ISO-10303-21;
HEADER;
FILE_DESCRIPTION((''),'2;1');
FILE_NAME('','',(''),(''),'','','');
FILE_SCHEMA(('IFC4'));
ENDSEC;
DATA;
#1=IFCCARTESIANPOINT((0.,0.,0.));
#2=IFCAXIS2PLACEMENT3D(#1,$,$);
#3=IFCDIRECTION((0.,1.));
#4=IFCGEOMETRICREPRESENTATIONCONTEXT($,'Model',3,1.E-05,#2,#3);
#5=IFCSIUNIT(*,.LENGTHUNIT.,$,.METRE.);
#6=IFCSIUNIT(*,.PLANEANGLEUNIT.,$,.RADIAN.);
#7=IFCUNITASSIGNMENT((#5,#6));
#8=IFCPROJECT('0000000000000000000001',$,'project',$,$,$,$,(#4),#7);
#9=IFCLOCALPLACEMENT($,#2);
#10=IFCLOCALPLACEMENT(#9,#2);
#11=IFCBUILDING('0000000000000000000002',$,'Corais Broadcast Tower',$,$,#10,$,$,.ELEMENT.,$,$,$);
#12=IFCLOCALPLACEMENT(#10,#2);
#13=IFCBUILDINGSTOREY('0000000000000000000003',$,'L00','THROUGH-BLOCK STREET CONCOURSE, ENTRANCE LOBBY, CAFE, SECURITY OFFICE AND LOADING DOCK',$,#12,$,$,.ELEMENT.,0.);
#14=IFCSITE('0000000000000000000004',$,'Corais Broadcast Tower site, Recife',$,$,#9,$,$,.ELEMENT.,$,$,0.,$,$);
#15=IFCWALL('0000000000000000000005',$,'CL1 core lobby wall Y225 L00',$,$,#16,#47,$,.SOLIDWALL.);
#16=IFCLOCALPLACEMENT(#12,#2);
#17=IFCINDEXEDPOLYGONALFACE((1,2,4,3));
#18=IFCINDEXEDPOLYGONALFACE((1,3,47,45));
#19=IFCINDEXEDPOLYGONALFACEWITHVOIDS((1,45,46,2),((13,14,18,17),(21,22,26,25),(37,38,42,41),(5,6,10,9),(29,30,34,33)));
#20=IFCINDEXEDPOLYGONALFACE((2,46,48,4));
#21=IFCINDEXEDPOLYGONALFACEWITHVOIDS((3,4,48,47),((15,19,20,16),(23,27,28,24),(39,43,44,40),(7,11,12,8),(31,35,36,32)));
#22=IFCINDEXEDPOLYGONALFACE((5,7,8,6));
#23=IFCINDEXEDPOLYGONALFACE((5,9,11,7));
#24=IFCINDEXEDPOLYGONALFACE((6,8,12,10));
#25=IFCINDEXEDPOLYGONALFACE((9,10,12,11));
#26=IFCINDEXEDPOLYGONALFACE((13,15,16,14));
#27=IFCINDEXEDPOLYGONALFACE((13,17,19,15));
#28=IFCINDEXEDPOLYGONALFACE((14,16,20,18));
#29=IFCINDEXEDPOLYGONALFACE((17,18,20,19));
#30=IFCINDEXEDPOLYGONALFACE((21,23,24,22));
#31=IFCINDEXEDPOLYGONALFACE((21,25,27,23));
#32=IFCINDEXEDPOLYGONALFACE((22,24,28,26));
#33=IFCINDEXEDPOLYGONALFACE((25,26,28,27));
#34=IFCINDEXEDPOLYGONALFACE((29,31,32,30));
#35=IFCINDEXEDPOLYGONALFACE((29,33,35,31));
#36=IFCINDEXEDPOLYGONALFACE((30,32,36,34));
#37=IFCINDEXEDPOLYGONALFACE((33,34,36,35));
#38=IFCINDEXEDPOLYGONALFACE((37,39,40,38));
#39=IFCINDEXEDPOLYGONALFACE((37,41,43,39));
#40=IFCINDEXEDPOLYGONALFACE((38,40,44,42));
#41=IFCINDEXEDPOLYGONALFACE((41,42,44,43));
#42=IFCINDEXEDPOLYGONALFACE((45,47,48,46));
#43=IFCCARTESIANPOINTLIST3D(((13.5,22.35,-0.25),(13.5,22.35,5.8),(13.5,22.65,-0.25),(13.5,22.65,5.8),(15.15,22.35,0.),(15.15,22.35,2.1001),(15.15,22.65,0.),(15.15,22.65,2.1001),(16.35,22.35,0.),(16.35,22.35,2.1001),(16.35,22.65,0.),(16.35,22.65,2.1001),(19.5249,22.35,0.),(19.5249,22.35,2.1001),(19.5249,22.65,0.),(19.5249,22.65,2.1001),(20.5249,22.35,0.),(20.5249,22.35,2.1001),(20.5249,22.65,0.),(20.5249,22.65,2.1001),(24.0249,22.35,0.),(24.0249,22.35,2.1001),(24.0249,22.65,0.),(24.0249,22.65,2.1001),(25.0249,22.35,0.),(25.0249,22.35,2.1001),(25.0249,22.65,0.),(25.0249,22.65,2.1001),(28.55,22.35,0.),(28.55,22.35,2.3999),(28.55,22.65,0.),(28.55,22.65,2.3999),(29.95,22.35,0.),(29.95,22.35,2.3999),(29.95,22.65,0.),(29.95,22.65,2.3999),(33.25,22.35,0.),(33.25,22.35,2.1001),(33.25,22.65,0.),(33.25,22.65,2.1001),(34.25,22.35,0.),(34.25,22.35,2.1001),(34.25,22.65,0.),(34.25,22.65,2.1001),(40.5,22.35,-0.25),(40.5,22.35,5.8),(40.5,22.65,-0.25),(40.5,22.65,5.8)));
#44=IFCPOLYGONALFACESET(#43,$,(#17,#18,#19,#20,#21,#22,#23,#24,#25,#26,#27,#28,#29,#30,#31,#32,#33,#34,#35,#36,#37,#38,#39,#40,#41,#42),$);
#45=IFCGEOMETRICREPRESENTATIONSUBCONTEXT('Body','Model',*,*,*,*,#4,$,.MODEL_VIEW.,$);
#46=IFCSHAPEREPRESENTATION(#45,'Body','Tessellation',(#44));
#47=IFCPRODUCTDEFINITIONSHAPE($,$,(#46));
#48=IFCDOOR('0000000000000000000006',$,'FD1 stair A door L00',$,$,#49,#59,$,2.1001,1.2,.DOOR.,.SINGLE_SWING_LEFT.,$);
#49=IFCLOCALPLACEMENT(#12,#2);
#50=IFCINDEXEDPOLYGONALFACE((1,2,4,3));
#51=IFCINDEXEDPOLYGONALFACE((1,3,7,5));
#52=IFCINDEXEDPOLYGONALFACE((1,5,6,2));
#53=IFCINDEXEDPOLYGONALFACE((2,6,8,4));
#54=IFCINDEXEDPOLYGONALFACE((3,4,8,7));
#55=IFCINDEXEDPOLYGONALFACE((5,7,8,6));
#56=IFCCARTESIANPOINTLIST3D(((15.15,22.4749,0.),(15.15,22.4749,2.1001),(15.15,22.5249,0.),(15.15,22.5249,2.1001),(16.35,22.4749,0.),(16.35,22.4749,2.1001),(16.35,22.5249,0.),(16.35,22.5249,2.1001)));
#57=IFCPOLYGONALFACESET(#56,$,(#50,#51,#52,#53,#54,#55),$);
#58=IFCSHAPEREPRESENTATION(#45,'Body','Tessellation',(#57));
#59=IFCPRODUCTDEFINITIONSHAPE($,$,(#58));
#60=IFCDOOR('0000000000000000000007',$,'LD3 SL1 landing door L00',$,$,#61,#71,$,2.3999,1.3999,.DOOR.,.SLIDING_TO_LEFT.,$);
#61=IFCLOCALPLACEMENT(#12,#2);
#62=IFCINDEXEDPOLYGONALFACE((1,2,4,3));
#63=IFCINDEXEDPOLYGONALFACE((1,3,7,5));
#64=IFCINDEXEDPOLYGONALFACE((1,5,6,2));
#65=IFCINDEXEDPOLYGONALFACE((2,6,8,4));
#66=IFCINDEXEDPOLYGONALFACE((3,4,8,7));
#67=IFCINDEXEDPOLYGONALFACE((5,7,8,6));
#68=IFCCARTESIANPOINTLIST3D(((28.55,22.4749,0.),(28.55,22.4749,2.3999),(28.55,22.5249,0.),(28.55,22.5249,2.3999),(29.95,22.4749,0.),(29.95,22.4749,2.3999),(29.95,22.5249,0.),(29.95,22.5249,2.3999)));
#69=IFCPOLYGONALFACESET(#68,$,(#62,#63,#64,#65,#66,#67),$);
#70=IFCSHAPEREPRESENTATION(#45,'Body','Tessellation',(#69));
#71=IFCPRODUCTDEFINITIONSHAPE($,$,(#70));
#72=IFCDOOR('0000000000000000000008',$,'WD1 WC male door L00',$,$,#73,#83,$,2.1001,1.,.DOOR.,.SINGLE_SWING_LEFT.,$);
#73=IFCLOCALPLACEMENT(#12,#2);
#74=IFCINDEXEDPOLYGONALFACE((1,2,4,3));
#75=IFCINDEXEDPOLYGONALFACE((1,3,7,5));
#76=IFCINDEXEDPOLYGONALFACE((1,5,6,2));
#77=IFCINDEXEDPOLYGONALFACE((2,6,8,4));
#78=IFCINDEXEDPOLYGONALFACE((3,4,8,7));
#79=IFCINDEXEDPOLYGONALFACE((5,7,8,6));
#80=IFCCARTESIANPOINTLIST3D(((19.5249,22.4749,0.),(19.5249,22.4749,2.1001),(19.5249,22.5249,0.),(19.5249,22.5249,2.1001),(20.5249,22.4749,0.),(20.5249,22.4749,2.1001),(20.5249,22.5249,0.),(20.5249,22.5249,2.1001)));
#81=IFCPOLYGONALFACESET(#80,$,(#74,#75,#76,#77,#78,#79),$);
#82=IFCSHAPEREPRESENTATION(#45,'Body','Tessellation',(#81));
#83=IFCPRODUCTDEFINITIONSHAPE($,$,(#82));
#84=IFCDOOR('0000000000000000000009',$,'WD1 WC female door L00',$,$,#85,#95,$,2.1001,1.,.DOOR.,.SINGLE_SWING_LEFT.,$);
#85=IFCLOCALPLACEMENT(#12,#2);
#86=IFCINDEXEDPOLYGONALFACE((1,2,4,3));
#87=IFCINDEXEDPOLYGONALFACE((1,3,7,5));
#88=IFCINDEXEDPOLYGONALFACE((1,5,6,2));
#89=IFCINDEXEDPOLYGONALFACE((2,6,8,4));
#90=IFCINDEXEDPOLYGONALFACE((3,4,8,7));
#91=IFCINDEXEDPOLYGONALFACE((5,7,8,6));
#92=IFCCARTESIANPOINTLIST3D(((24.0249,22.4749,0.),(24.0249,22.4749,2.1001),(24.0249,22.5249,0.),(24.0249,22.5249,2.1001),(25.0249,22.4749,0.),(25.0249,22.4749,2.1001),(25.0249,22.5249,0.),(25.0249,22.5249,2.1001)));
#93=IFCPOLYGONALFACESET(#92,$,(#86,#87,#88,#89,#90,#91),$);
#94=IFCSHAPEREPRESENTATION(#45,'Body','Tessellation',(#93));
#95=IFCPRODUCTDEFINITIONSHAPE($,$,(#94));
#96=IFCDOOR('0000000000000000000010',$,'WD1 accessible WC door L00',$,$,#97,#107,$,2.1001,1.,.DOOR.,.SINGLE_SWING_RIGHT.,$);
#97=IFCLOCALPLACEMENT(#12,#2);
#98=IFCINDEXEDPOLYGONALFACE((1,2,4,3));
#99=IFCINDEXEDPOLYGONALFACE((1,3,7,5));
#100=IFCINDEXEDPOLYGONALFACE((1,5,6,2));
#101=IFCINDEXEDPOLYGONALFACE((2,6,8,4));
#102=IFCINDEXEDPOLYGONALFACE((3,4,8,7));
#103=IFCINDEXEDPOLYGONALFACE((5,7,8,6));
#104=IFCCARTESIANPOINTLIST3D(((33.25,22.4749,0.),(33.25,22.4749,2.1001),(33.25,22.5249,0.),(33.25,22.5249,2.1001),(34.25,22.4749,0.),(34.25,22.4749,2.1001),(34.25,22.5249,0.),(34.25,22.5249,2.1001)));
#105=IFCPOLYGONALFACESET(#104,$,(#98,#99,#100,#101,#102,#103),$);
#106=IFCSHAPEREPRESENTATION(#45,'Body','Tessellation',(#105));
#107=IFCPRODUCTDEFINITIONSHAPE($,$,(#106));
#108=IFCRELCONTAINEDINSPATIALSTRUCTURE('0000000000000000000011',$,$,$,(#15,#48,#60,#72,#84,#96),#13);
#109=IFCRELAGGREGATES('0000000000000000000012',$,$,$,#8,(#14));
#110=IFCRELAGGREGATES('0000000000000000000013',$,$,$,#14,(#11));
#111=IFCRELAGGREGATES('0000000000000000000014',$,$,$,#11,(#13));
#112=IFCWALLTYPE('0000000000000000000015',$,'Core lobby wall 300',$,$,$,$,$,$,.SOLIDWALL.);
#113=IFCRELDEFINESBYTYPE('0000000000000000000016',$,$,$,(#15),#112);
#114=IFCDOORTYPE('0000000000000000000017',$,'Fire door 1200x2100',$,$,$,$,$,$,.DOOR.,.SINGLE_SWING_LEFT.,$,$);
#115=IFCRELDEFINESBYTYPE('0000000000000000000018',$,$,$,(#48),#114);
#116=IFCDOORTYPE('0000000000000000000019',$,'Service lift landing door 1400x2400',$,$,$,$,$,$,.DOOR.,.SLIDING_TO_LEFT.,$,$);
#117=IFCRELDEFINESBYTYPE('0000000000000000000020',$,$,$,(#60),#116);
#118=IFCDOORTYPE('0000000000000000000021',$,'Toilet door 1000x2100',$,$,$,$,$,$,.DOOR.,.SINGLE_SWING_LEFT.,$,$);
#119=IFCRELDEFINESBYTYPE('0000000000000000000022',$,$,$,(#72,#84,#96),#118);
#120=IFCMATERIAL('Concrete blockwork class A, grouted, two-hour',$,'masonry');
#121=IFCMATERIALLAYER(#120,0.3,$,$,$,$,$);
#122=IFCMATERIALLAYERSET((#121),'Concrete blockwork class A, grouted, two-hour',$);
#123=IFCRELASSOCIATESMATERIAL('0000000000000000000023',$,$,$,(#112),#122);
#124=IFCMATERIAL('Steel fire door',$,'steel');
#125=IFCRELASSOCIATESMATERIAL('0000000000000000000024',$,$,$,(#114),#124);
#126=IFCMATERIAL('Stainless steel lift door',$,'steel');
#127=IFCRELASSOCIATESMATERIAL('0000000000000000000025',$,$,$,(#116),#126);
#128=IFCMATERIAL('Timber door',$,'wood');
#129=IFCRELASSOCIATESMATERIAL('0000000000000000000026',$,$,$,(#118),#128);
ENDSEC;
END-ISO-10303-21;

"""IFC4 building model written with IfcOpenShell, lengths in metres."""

from ifc_helpers import new_model, si_unit, direction, frame, frame_2d, origin, place, context, subcontext, project, spatial, rectangle, extrude, material, layer, layer_set, type_object, element, fill, save


model = new_model("IFC4")

# Units and contexts
model_context = context("Model", 3, precision=1e-05, world=origin(), true_north=direction((0.0, 1.0)))
body_context = subcontext(model_context, "Body", "Model", "MODEL_VIEW")
ifc_project = project(units=[si_unit("LENGTHUNIT", "METRE"), si_unit("PLANEANGLEUNIT", "RADIAN")], contexts=[model_context])

# Site, building, storey
site_placement = place(None, origin())
site = spatial("IfcSite", under=ifc_project, at=site_placement, Name="Corais Broadcast Tower site, Recife", CompositionType="ELEMENT", RefElevation=0.0)
building_placement = place(site_placement, origin())
building = spatial("IfcBuilding", under=site, at=building_placement, Name="Corais Broadcast Tower", CompositionType="ELEMENT")
storey_placement = place(building_placement, origin())
storey = spatial("IfcBuildingStorey", under=building, at=storey_placement, Name="L00", Description="THROUGH-BLOCK STREET CONCOURSE, ENTRANCE LOBBY, CAFE, SECURITY OFFICE AND LOADING DOCK", CompositionType="ELEMENT", Elevation=0.0)

# Wall, openings, doors
ifc_material_1 = material(Name="Concrete blockwork class A, grouted, two-hour", Category="masonry")
ifc_layer_1 = layer(ifc_material_1, 0.3)
ifc_layer_set_1 = layer_set([ifc_layer_1], Name="Concrete blockwork class A, grouted, two-hour")
wall_type_1 = type_object("IfcWallType", Name="Core lobby wall 300", PredefinedType="SOLIDWALL", material=ifc_layer_set_1)
wall_1_placement = place(storey_placement, frame((13.5, 22.5, -0.25), z_axis=(0.0, 0.0, 1.0), x_axis=(1.0, 0.0, 0.0)))
wall_1 = element("IfcWall", 1, at=wall_1_placement, inside=storey, type_object=wall_type_1, Name="CL1 core lobby wall Y225 L00", PredefinedType="SOLIDWALL", context=body_context, shape_type="SweptSolid", body=[
    extrude(rectangle(XDim=27.0, YDim=0.3, at=frame_2d((13.5, 0.0))), origin(), (0.0, 0.0, 1.0), 6.05),
])
opening_1_placement = place(wall_1_placement, frame((1.6499, 0.0, 0.25)))
opening_1 = element("IfcOpeningElement", 2, at=opening_1_placement, cuts=wall_1, PredefinedType="OPENING", context=body_context, shape_type="SweptSolid", body=[
    extrude(rectangle(XDim=1.2, YDim=2.1001, at=frame_2d((0.6001, 1.05))), frame((0.0, 0.1599, 0.0), z_axis=(0.0, -1.0, 0.0), x_axis=(1.0, 0.0, 0.0)), (0.0, 0.0, 1.0), 0.3201),
])
opening_2_placement = place(wall_1_placement, frame((6.0249, 0.0, 0.25)))
opening_2 = element("IfcOpeningElement", 3, at=opening_2_placement, cuts=wall_1, PredefinedType="OPENING", context=body_context, shape_type="SweptSolid", body=[
    extrude(rectangle(XDim=1.0, YDim=2.1001, at=frame_2d((0.5, 1.05))), frame((0.0, 0.1599, 0.0), z_axis=(0.0, -1.0, 0.0), x_axis=(1.0, 0.0, 0.0)), (0.0, 0.0, 1.0), 0.3201),
])
opening_3_placement = place(wall_1_placement, frame((10.5249, 0.0, 0.25)))
opening_3 = element("IfcOpeningElement", 4, at=opening_3_placement, cuts=wall_1, PredefinedType="OPENING", context=body_context, shape_type="SweptSolid", body=[
    extrude(rectangle(XDim=1.0, YDim=2.1001, at=frame_2d((0.5, 1.05))), frame((0.0, 0.1599, 0.0), z_axis=(0.0, -1.0, 0.0), x_axis=(1.0, 0.0, 0.0)), (0.0, 0.0, 1.0), 0.3201),
])
opening_4_placement = place(wall_1_placement, frame((19.75, 0.0, 0.25)))
opening_4 = element("IfcOpeningElement", 5, at=opening_4_placement, cuts=wall_1, PredefinedType="OPENING", context=body_context, shape_type="SweptSolid", body=[
    extrude(rectangle(XDim=1.0, YDim=2.1001, at=frame_2d((0.5, 1.05))), frame((0.0, 0.1599, 0.0), z_axis=(0.0, -1.0, 0.0), x_axis=(1.0, 0.0, 0.0)), (0.0, 0.0, 1.0), 0.3201),
])
opening_5_placement = place(wall_1_placement, frame((15.05, 0.0, 0.25)))
opening_5 = element("IfcOpeningElement", 6, at=opening_5_placement, cuts=wall_1, PredefinedType="OPENING", context=body_context, shape_type="SweptSolid", body=[
    extrude(rectangle(XDim=1.3999, YDim=2.3999, at=frame_2d((0.7, 1.2))), frame((0.0, 0.1599, 0.0), z_axis=(0.0, -1.0, 0.0), x_axis=(1.0, 0.0, 0.0)), (0.0, 0.0, 1.0), 0.3201),
])
ifc_material_2 = material(Name="Steel fire door", Category="steel")
door_type_1 = type_object("IfcDoorType", Name="Fire door 1200x2100", OperationType="SINGLE_SWING_LEFT", PredefinedType="DOOR", material=ifc_material_2)
door_1_placement = place(opening_1_placement, origin())
door_1 = element("IfcDoor", 7, at=door_1_placement, inside=storey, type_object=door_type_1, Name="FD1 stair A door L00", OperationType="SINGLE_SWING_LEFT", OverallHeight=2.1001, OverallWidth=1.2, PredefinedType="DOOR", context=body_context, shape_type="SweptSolid", body=[
    extrude(rectangle(XDim=1.2, YDim=2.1001, at=frame_2d((0.6001, 1.05))), frame((0.0, 0.0249, 0.0), z_axis=(0.0, -1.0, 0.0), x_axis=(1.0, 0.0, 0.0)), (0.0, 0.0, 1.0), 0.05),
])
fill(opening_1, door_1)
ifc_material_3 = material(Name="Stainless steel lift door", Category="steel")
door_type_2 = type_object("IfcDoorType", Name="Service lift landing door 1400x2400", OperationType="SLIDING_TO_LEFT", PredefinedType="DOOR", material=ifc_material_3)
door_2_placement = place(opening_5_placement, origin())
door_2 = element("IfcDoor", 8, at=door_2_placement, inside=storey, type_object=door_type_2, Name="LD3 SL1 landing door L00", OperationType="SLIDING_TO_LEFT", OverallHeight=2.3999, OverallWidth=1.3999, PredefinedType="DOOR", context=body_context, shape_type="SweptSolid", body=[
    extrude(rectangle(XDim=1.3999, YDim=2.3999, at=frame_2d((0.7, 1.2))), frame((0.0, 0.0249, 0.0), z_axis=(0.0, -1.0, 0.0), x_axis=(1.0, 0.0, 0.0)), (0.0, 0.0, 1.0), 0.05),
])
fill(opening_5, door_2)
ifc_material_4 = material(Name="Timber door", Category="wood")
door_type_3 = type_object("IfcDoorType", Name="Toilet door 1000x2100", OperationType="SINGLE_SWING_LEFT", PredefinedType="DOOR", material=ifc_material_4)
door_3_placement = place(opening_2_placement, origin())
door_3 = element("IfcDoor", 9, at=door_3_placement, inside=storey, type_object=door_type_3, Name="WD1 WC male door L00", OperationType="SINGLE_SWING_LEFT", OverallHeight=2.1001, OverallWidth=1.0, PredefinedType="DOOR", context=body_context, shape_type="SweptSolid", body=[
    extrude(rectangle(XDim=1.0, YDim=2.1001, at=frame_2d((0.5, 1.05))), frame((0.0, 0.0249, 0.0), z_axis=(0.0, -1.0, 0.0), x_axis=(1.0, 0.0, 0.0)), (0.0, 0.0, 1.0), 0.05),
])
fill(opening_2, door_3)
door_4_placement = place(opening_3_placement, origin())
door_4 = element("IfcDoor", 10, at=door_4_placement, inside=storey, type_object=door_type_3, Name="WD1 WC female door L00", OperationType="SINGLE_SWING_LEFT", OverallHeight=2.1001, OverallWidth=1.0, PredefinedType="DOOR", context=body_context, shape_type="SweptSolid", body=[
    extrude(rectangle(XDim=1.0, YDim=2.1001, at=frame_2d((0.5, 1.05))), frame((0.0, 0.0249, 0.0), z_axis=(0.0, -1.0, 0.0), x_axis=(1.0, 0.0, 0.0)), (0.0, 0.0, 1.0), 0.05),
])
fill(opening_3, door_4)
door_5_placement = place(opening_4_placement, origin())
door_5 = element("IfcDoor", 11, at=door_5_placement, inside=storey, type_object=door_type_3, Name="WD1 accessible WC door L00", OperationType="SINGLE_SWING_RIGHT", OverallHeight=2.1001, OverallWidth=1.0, PredefinedType="DOOR", context=body_context, shape_type="SweptSolid", body=[
    extrude(rectangle(XDim=1.0, YDim=2.1001, at=frame_2d((0.5, 1.05))), frame((0.0, 0.0249, 0.0), z_axis=(0.0, -1.0, 0.0), x_axis=(1.0, 0.0, 0.0)), (0.0, 0.0, 1.0), 0.05),
])
fill(opening_4, door_5)

save(model, "model.ifc")
